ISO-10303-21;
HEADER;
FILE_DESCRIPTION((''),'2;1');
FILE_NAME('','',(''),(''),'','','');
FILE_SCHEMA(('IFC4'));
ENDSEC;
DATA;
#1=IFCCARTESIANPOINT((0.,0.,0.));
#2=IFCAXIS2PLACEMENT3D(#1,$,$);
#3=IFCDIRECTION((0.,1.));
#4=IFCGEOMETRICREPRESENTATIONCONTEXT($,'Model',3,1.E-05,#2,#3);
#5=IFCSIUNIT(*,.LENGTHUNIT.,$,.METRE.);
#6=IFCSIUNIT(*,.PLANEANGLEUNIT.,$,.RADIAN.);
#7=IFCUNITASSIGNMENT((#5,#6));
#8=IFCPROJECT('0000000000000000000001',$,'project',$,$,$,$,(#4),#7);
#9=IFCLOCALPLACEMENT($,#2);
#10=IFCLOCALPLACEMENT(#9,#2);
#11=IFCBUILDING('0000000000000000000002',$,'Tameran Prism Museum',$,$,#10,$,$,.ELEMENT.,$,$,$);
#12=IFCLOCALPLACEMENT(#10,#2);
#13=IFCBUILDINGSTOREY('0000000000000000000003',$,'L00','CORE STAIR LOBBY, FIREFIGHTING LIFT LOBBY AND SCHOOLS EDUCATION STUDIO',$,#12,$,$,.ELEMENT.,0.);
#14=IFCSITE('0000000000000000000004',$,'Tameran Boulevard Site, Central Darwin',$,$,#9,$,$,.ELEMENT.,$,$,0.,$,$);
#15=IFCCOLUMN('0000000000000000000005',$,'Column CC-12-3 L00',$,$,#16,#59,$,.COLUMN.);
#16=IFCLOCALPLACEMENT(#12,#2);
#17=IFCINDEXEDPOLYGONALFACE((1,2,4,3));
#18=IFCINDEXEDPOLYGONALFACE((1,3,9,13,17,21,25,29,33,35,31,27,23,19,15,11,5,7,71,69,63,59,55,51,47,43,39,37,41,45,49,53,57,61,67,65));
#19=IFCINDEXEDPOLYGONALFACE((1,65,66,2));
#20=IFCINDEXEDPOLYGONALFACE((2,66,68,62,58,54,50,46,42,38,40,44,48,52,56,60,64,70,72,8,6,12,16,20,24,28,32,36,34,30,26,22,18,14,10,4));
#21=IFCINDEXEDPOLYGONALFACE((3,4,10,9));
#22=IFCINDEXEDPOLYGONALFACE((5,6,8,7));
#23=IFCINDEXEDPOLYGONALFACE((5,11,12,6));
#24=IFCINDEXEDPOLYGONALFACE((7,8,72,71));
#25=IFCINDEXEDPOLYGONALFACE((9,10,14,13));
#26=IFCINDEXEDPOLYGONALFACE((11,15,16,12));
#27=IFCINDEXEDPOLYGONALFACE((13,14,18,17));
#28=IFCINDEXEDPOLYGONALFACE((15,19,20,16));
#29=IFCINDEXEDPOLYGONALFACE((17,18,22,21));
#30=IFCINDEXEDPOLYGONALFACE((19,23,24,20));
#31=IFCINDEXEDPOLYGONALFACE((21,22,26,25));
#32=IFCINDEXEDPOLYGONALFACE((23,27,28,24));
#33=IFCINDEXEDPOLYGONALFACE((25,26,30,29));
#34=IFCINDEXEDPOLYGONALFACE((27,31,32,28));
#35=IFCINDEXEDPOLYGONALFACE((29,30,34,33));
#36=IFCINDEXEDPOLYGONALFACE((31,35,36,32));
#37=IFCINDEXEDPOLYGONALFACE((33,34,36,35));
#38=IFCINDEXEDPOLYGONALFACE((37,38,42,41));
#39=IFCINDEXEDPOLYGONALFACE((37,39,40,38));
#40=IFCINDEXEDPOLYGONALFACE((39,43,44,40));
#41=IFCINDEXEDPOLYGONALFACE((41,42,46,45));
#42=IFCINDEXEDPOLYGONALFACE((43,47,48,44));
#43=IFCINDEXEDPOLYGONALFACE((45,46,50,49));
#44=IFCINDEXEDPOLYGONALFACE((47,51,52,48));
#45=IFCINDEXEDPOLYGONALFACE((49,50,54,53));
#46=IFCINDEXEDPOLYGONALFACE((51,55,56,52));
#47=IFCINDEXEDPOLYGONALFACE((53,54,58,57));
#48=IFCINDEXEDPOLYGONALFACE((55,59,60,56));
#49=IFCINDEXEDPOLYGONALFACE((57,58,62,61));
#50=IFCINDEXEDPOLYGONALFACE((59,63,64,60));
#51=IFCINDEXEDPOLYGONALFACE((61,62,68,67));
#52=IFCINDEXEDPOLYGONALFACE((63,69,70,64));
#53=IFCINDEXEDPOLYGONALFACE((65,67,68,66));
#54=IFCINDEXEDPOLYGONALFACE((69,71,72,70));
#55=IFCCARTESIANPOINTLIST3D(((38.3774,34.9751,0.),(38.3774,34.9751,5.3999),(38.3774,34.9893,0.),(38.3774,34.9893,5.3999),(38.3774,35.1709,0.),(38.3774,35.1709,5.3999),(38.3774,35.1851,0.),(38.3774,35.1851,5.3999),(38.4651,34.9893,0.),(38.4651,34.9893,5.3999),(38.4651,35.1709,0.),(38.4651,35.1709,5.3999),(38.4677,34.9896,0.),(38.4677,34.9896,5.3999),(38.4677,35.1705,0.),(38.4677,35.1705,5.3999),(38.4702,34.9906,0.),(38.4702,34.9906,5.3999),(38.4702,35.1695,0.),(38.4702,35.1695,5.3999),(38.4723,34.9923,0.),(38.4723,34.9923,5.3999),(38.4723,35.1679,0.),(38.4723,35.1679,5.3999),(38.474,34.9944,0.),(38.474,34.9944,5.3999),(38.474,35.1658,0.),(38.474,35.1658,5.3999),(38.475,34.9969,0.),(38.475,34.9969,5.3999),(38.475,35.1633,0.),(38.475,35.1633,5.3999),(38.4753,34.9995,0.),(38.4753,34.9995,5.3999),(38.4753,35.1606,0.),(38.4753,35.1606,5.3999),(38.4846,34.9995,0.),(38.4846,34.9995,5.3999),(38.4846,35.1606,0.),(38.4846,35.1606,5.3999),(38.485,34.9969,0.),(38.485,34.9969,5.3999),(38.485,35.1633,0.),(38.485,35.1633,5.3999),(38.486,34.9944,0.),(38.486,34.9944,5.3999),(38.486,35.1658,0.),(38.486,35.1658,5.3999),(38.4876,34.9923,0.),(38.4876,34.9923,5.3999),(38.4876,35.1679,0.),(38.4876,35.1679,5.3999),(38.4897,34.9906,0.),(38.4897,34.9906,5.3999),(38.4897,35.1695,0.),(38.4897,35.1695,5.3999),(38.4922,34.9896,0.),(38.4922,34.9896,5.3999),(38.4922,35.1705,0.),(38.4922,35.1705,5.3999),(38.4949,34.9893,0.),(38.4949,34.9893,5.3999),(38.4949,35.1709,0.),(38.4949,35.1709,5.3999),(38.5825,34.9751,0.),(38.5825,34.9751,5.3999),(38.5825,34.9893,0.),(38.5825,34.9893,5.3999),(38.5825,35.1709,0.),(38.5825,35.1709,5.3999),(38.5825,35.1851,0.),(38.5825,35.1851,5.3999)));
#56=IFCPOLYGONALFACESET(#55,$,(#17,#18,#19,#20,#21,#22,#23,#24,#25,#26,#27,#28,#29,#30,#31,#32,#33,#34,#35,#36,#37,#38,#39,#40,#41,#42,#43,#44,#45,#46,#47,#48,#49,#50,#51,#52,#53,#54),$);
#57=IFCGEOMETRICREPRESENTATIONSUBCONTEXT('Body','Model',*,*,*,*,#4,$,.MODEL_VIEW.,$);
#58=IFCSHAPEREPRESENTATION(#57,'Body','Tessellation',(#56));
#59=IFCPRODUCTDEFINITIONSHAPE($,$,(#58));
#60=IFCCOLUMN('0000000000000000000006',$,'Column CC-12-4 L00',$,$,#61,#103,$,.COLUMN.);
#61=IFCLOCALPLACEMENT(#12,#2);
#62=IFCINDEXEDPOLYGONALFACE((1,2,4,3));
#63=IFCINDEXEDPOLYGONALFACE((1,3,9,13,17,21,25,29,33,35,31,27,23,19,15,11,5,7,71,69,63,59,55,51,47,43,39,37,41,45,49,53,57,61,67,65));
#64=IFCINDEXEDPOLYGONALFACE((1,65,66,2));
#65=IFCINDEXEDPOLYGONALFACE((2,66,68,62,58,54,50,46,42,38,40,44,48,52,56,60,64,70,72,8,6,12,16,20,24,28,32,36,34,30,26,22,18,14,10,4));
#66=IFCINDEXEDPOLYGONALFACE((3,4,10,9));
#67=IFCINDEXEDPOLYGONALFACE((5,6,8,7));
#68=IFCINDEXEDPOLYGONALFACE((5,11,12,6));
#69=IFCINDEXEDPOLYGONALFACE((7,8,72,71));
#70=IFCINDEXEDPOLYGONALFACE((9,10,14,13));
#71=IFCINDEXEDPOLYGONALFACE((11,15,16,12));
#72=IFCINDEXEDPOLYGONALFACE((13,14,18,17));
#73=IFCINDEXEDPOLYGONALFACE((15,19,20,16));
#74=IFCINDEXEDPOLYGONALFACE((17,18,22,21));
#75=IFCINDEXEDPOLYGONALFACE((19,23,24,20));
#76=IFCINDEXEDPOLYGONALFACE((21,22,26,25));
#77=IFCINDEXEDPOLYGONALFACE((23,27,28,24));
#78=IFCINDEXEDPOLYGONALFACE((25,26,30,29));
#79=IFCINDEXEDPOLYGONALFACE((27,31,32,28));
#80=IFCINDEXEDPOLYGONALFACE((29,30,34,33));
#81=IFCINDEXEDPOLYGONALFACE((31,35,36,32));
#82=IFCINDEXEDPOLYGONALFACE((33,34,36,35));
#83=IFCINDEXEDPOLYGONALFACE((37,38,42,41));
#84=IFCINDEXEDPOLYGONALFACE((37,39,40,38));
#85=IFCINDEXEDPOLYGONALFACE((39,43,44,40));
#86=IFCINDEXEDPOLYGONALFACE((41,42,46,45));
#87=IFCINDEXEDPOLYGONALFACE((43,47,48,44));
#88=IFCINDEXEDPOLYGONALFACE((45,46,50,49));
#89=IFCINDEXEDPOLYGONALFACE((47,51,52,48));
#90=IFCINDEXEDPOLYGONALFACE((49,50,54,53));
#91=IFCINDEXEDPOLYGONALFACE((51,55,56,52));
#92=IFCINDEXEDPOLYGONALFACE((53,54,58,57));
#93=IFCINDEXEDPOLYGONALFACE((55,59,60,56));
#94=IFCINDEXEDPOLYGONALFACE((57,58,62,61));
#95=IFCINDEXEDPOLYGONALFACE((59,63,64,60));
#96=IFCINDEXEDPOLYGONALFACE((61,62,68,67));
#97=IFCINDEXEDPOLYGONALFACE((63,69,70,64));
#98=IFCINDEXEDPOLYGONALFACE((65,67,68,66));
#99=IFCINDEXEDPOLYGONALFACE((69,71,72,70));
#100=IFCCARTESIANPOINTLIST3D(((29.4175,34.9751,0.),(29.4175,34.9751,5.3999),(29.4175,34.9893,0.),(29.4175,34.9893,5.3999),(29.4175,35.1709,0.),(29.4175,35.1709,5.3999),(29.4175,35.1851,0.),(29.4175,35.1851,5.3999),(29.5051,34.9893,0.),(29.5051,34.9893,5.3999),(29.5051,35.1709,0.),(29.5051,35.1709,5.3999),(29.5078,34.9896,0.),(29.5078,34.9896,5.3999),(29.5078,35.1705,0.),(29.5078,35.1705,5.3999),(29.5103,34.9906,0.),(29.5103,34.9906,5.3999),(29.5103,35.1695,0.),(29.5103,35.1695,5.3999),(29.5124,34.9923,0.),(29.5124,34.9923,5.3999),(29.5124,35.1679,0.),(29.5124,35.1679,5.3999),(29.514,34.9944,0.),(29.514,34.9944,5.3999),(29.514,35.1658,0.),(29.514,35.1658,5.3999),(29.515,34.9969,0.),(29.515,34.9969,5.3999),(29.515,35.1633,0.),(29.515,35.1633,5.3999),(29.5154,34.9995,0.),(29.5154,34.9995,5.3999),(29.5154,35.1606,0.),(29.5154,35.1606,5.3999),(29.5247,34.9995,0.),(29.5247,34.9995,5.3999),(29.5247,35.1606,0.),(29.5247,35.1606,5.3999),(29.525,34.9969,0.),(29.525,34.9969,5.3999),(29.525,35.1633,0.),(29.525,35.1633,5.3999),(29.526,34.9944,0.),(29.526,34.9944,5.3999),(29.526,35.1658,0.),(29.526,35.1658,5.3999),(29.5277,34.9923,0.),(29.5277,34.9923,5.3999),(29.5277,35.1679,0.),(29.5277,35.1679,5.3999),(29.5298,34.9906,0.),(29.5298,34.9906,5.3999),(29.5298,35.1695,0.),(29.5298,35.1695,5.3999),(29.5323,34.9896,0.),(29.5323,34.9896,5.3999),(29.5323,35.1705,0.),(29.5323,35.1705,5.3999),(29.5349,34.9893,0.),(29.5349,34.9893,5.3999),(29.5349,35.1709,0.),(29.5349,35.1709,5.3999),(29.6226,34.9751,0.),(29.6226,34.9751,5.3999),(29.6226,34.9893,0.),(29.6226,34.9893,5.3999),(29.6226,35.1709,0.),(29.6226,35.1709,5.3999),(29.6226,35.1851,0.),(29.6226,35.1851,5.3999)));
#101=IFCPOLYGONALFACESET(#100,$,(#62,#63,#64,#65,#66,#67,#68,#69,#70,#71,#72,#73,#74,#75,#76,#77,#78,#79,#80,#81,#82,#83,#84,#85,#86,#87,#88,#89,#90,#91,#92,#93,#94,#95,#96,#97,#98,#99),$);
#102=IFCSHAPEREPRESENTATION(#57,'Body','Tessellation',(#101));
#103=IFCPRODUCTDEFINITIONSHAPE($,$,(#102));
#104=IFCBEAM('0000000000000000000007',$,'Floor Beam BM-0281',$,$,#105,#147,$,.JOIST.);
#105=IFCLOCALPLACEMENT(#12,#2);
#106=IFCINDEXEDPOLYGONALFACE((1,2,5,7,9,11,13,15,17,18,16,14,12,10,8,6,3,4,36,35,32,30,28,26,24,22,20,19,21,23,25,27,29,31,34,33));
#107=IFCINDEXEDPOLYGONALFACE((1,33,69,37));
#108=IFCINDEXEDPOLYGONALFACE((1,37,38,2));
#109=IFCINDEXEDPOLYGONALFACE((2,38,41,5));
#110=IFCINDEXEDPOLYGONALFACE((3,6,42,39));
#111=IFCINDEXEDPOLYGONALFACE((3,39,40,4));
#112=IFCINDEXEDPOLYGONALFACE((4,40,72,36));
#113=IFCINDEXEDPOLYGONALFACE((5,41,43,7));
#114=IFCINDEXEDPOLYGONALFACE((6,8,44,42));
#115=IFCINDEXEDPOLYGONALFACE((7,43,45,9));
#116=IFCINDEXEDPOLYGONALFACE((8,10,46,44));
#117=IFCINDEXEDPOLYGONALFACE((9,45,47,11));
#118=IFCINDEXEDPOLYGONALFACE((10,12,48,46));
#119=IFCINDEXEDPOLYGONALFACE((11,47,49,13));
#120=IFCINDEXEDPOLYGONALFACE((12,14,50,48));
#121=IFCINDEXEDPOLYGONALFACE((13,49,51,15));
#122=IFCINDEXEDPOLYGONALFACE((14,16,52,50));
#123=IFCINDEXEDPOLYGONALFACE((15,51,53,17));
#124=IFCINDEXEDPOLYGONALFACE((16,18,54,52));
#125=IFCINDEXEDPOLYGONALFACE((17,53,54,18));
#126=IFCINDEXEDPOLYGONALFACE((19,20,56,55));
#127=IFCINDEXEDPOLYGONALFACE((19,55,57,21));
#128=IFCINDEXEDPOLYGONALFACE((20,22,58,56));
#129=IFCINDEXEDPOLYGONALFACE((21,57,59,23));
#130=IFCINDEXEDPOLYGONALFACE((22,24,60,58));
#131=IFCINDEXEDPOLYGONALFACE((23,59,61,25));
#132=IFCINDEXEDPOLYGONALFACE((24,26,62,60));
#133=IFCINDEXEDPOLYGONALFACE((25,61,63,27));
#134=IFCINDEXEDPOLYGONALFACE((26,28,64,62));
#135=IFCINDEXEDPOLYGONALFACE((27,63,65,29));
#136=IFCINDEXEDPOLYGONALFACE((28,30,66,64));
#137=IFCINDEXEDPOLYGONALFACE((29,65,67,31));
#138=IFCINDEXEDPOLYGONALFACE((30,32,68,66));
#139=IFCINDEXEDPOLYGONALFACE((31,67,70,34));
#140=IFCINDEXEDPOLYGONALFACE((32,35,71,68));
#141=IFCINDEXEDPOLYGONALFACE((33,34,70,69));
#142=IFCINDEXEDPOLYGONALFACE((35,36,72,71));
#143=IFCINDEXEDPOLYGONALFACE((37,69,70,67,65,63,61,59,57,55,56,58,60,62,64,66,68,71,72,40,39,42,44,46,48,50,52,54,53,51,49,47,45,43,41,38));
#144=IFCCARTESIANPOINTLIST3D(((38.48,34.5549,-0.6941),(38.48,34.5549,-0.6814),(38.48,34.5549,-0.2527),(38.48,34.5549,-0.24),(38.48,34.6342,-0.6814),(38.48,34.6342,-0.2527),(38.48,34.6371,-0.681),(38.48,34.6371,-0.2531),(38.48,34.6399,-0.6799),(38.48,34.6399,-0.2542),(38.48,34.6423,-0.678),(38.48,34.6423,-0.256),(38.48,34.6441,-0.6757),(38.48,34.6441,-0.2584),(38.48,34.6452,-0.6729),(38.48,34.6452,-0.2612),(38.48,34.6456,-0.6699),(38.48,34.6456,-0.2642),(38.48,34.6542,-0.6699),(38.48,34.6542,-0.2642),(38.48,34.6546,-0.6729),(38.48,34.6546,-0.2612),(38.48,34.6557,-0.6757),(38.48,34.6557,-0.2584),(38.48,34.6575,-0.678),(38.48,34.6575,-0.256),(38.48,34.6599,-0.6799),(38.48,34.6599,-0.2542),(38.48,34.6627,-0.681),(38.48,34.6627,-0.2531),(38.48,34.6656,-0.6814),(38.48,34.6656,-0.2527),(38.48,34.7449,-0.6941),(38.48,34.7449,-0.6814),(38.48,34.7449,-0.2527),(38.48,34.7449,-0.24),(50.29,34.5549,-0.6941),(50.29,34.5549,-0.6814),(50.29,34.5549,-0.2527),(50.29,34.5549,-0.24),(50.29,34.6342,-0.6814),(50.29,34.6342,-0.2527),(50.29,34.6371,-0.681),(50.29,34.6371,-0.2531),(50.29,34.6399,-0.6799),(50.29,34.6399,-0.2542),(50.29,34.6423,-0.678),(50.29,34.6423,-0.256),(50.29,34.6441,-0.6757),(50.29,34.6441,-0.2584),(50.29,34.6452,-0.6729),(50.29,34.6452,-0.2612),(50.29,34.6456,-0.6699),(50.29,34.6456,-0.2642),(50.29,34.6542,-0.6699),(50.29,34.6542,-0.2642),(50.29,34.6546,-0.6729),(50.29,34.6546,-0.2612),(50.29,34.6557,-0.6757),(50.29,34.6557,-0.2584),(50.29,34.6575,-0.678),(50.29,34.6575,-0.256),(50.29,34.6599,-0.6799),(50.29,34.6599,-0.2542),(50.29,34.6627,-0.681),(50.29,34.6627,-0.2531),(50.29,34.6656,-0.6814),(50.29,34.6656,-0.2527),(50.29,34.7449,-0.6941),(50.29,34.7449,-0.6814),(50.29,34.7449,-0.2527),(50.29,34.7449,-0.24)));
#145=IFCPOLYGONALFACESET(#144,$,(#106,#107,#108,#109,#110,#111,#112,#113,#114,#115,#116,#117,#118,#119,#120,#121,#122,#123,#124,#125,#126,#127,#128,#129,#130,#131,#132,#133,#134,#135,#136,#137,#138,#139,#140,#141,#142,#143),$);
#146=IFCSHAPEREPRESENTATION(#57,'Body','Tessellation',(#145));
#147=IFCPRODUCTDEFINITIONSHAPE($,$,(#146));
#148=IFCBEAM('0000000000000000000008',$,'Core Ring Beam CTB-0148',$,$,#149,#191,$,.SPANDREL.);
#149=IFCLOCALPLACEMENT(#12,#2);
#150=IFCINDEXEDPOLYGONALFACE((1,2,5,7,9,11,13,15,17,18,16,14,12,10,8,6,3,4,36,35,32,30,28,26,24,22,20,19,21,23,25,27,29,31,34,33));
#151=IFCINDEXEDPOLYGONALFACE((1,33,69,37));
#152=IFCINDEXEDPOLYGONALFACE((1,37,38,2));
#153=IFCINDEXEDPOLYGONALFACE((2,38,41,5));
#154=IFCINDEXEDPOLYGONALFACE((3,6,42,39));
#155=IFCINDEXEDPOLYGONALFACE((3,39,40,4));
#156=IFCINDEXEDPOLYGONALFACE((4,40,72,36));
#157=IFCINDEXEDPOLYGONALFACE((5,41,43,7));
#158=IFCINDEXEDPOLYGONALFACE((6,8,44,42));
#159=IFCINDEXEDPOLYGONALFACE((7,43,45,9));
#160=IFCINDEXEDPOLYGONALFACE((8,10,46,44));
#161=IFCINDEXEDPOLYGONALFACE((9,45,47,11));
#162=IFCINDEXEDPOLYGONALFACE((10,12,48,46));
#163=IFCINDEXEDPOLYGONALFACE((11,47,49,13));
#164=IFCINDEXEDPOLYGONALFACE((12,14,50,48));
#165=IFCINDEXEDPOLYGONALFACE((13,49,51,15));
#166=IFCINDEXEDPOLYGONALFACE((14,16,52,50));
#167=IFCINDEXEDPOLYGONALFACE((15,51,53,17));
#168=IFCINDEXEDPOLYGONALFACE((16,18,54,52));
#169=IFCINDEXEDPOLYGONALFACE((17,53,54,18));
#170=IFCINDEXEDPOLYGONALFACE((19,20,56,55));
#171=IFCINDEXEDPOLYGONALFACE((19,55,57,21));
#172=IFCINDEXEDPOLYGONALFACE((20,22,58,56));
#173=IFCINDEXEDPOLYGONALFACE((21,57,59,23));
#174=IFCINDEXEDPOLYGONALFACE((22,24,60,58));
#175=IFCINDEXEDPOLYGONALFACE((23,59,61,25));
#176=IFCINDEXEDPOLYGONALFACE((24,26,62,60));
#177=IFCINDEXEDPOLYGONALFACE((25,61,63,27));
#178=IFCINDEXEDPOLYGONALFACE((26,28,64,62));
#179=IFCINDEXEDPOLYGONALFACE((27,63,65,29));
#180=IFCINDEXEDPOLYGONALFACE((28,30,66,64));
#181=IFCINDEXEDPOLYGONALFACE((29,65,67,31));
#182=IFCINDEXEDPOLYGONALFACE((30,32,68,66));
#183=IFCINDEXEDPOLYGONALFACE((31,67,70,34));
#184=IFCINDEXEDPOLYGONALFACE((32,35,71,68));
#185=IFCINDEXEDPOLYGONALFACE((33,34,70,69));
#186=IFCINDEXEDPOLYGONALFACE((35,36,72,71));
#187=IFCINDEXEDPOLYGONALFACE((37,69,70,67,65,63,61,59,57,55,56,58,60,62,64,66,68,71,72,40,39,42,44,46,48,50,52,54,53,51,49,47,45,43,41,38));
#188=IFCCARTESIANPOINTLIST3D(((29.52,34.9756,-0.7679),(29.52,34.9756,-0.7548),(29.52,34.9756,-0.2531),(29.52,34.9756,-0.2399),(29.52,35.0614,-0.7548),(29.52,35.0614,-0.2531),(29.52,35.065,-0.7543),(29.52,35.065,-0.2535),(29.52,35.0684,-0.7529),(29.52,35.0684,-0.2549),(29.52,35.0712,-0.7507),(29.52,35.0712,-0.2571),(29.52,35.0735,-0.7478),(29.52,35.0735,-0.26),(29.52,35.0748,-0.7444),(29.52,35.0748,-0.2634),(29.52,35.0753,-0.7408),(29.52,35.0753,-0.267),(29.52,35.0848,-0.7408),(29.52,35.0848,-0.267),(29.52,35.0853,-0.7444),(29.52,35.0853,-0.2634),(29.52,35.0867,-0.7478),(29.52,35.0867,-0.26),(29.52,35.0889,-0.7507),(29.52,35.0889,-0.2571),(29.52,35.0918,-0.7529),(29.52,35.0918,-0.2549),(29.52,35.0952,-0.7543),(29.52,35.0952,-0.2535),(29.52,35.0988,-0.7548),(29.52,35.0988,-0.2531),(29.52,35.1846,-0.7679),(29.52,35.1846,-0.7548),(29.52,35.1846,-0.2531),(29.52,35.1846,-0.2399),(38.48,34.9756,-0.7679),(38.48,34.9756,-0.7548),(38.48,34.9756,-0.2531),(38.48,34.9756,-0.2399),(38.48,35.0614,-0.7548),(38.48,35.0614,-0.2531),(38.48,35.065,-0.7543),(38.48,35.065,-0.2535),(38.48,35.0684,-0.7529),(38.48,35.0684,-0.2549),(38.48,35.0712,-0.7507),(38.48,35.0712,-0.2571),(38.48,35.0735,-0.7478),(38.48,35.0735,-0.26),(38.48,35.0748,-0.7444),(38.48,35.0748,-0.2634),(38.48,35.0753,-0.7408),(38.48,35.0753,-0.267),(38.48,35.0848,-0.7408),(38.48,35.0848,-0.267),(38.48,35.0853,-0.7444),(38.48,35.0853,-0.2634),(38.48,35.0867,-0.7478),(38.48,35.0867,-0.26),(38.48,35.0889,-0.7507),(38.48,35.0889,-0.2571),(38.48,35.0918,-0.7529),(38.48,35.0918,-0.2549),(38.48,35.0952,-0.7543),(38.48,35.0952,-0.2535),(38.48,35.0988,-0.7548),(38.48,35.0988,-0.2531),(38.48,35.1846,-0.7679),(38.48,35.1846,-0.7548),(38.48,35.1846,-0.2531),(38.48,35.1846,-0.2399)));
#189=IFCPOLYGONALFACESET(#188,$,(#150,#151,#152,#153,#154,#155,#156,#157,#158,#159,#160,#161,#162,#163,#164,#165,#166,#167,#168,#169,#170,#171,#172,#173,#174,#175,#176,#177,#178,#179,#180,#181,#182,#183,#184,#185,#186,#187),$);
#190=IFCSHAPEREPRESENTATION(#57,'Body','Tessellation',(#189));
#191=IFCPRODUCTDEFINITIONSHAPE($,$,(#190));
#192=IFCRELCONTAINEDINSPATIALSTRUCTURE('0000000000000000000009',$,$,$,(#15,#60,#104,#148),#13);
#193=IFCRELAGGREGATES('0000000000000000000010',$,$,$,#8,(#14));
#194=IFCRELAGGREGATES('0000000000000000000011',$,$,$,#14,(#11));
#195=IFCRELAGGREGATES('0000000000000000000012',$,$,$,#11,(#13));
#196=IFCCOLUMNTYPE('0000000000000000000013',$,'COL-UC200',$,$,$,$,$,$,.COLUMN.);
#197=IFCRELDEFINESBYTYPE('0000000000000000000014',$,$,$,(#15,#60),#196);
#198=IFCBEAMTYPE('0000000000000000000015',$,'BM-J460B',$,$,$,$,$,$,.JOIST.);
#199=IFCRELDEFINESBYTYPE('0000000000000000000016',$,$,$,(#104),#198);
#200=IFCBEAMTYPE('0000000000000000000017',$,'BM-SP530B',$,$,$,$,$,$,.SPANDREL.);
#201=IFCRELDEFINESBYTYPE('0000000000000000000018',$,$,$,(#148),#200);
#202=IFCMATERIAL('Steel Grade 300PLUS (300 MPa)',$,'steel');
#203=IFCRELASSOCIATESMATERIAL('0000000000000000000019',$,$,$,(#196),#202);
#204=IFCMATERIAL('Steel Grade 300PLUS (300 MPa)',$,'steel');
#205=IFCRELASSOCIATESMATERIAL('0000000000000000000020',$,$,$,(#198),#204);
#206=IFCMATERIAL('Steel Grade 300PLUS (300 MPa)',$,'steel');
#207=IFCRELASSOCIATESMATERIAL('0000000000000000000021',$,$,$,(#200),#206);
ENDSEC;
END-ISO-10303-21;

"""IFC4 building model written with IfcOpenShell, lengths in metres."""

from ifc_helpers import new_model, si_unit, direction, frame, origin, origin_2d, place, context, subcontext, project, spatial, i_section, extrude, material, material_profile, profile_set, type_object, element, save


model = new_model("IFC4")

# Units and contexts
model_context = context("Model", 3, precision=1e-05, world=origin(), true_north=direction((0.0, 1.0)))
body_context = subcontext(model_context, "Body", "Model", "MODEL_VIEW")
ifc_project = project(units=[si_unit("LENGTHUNIT", "METRE"), si_unit("PLANEANGLEUNIT", "RADIAN")], contexts=[model_context])

# Site, building, storey
site_placement = place(None, origin())
site = spatial("IfcSite", under=ifc_project, at=site_placement, Name="Tameran Boulevard Site, Central Darwin", CompositionType="ELEMENT", RefElevation=0.0)
building_placement = place(site_placement, origin())
building = spatial("IfcBuilding", under=site, at=building_placement, Name="Tameran Prism Museum", CompositionType="ELEMENT")
storey_placement = place(building_placement, origin())
storey = spatial("IfcBuildingStorey", under=building, at=storey_placement, Name="L00", Description="CORE STAIR LOBBY, FIREFIGHTING LIFT LOBBY AND SCHOOLS EDUCATION STUDIO", CompositionType="ELEMENT", Elevation=0.0)

# Columns
ifc_material_1 = material(Name="Steel Grade 300PLUS (300 MPa)", Category="steel")
ifc_material_profile_1 = material_profile(ifc_material_1, i_section(OverallWidth=0.2051, OverallDepth=0.21, WebThickness=0.0093, FlangeThickness=0.0142, FilletRadius=0.0103, at=origin_2d()))
ifc_profile_set_1 = profile_set([ifc_material_profile_1])
column_type = type_object("IfcColumnType", Name="COL-UC200", PredefinedType="COLUMN", material=ifc_profile_set_1)
for number, where, z_axis, x_axis, name in (
    (1, (38.48, 35.0801, 0.0), (0.0, 0.0, 1.0), (1.0, 0.0, 0.0), "Column CC-12-3 L00"),
    (2, (29.52, 35.0801, 0.0), (0.0, 0.0, 1.0), (1.0, 0.0, 0.0), "Column CC-12-4 L00"),
):
    element("IfcColumn", number, at=place(storey_placement, frame(where, z_axis=z_axis, x_axis=x_axis)), inside=storey, type_object=column_type, Name=name, PredefinedType="COLUMN", context=body_context, shape_type="SweptSolid", body=[
        extrude(i_section(OverallWidth=0.2051, OverallDepth=0.21, WebThickness=0.0093, FlangeThickness=0.0142, FilletRadius=0.0103, at=origin_2d()), origin(), (0.0, 0.0, 1.0), 5.3999),
    ])

# Beams
ifc_material_2 = material(Name="Steel Grade 300PLUS (300 MPa)", Category="steel")
ifc_material_profile_2 = material_profile(ifc_material_2, i_section(OverallWidth=0.1899, OverallDepth=0.4541, WebThickness=0.0085, FlangeThickness=0.0127, FilletRadius=0.0115, at=origin_2d()))
ifc_profile_set_2 = profile_set([ifc_material_profile_2])
beam_type_1 = type_object("IfcBeamType", Name="BM-J460B", PredefinedType="JOIST", material=ifc_profile_set_2)
beam_1_placement = place(storey_placement, frame((38.48, 34.6499, -0.467), z_axis=(1.0, 0.0, 0.0), x_axis=(0.0, 1.0, 0.0)))
element("IfcBeam", 3, at=beam_1_placement, inside=storey, type_object=beam_type_1, Name="Floor Beam BM-0281", PredefinedType="JOIST", context=body_context, shape_type="SweptSolid", body=[
    extrude(i_section(OverallWidth=0.1899, OverallDepth=0.4541, WebThickness=0.0085, FlangeThickness=0.0127, FilletRadius=0.0115, at=origin_2d()), origin(), (0.0, 0.0, 1.0), 11.8101),
])
ifc_material_3 = material(Name="Steel Grade 300PLUS (300 MPa)", Category="steel")
ifc_material_profile_3 = material_profile(ifc_material_3, i_section(OverallWidth=0.209, OverallDepth=0.5281, WebThickness=0.0095, FlangeThickness=0.0132, FilletRadius=0.0139, at=origin_2d()))
ifc_profile_set_3 = profile_set([ifc_material_profile_3])
beam_type_2 = type_object("IfcBeamType", Name="BM-SP530B", PredefinedType="SPANDREL", material=ifc_profile_set_3)
beam_2_placement = place(storey_placement, frame((38.48, 35.0801, -0.5039), z_axis=(-1.0, 0.0, 0.0), x_axis=(0.0, -1.0, 0.0)))
element("IfcBeam", 4, at=beam_2_placement, inside=storey, type_object=beam_type_2, Name="Core Ring Beam CTB-0148", PredefinedType="SPANDREL", context=body_context, shape_type="SweptSolid", body=[
    extrude(i_section(OverallWidth=0.209, OverallDepth=0.5281, WebThickness=0.0095, FlangeThickness=0.0132, FilletRadius=0.0139, at=origin_2d()), origin(), (0.0, 0.0, 1.0), 8.96),
])

save(model, "model.ifc")
